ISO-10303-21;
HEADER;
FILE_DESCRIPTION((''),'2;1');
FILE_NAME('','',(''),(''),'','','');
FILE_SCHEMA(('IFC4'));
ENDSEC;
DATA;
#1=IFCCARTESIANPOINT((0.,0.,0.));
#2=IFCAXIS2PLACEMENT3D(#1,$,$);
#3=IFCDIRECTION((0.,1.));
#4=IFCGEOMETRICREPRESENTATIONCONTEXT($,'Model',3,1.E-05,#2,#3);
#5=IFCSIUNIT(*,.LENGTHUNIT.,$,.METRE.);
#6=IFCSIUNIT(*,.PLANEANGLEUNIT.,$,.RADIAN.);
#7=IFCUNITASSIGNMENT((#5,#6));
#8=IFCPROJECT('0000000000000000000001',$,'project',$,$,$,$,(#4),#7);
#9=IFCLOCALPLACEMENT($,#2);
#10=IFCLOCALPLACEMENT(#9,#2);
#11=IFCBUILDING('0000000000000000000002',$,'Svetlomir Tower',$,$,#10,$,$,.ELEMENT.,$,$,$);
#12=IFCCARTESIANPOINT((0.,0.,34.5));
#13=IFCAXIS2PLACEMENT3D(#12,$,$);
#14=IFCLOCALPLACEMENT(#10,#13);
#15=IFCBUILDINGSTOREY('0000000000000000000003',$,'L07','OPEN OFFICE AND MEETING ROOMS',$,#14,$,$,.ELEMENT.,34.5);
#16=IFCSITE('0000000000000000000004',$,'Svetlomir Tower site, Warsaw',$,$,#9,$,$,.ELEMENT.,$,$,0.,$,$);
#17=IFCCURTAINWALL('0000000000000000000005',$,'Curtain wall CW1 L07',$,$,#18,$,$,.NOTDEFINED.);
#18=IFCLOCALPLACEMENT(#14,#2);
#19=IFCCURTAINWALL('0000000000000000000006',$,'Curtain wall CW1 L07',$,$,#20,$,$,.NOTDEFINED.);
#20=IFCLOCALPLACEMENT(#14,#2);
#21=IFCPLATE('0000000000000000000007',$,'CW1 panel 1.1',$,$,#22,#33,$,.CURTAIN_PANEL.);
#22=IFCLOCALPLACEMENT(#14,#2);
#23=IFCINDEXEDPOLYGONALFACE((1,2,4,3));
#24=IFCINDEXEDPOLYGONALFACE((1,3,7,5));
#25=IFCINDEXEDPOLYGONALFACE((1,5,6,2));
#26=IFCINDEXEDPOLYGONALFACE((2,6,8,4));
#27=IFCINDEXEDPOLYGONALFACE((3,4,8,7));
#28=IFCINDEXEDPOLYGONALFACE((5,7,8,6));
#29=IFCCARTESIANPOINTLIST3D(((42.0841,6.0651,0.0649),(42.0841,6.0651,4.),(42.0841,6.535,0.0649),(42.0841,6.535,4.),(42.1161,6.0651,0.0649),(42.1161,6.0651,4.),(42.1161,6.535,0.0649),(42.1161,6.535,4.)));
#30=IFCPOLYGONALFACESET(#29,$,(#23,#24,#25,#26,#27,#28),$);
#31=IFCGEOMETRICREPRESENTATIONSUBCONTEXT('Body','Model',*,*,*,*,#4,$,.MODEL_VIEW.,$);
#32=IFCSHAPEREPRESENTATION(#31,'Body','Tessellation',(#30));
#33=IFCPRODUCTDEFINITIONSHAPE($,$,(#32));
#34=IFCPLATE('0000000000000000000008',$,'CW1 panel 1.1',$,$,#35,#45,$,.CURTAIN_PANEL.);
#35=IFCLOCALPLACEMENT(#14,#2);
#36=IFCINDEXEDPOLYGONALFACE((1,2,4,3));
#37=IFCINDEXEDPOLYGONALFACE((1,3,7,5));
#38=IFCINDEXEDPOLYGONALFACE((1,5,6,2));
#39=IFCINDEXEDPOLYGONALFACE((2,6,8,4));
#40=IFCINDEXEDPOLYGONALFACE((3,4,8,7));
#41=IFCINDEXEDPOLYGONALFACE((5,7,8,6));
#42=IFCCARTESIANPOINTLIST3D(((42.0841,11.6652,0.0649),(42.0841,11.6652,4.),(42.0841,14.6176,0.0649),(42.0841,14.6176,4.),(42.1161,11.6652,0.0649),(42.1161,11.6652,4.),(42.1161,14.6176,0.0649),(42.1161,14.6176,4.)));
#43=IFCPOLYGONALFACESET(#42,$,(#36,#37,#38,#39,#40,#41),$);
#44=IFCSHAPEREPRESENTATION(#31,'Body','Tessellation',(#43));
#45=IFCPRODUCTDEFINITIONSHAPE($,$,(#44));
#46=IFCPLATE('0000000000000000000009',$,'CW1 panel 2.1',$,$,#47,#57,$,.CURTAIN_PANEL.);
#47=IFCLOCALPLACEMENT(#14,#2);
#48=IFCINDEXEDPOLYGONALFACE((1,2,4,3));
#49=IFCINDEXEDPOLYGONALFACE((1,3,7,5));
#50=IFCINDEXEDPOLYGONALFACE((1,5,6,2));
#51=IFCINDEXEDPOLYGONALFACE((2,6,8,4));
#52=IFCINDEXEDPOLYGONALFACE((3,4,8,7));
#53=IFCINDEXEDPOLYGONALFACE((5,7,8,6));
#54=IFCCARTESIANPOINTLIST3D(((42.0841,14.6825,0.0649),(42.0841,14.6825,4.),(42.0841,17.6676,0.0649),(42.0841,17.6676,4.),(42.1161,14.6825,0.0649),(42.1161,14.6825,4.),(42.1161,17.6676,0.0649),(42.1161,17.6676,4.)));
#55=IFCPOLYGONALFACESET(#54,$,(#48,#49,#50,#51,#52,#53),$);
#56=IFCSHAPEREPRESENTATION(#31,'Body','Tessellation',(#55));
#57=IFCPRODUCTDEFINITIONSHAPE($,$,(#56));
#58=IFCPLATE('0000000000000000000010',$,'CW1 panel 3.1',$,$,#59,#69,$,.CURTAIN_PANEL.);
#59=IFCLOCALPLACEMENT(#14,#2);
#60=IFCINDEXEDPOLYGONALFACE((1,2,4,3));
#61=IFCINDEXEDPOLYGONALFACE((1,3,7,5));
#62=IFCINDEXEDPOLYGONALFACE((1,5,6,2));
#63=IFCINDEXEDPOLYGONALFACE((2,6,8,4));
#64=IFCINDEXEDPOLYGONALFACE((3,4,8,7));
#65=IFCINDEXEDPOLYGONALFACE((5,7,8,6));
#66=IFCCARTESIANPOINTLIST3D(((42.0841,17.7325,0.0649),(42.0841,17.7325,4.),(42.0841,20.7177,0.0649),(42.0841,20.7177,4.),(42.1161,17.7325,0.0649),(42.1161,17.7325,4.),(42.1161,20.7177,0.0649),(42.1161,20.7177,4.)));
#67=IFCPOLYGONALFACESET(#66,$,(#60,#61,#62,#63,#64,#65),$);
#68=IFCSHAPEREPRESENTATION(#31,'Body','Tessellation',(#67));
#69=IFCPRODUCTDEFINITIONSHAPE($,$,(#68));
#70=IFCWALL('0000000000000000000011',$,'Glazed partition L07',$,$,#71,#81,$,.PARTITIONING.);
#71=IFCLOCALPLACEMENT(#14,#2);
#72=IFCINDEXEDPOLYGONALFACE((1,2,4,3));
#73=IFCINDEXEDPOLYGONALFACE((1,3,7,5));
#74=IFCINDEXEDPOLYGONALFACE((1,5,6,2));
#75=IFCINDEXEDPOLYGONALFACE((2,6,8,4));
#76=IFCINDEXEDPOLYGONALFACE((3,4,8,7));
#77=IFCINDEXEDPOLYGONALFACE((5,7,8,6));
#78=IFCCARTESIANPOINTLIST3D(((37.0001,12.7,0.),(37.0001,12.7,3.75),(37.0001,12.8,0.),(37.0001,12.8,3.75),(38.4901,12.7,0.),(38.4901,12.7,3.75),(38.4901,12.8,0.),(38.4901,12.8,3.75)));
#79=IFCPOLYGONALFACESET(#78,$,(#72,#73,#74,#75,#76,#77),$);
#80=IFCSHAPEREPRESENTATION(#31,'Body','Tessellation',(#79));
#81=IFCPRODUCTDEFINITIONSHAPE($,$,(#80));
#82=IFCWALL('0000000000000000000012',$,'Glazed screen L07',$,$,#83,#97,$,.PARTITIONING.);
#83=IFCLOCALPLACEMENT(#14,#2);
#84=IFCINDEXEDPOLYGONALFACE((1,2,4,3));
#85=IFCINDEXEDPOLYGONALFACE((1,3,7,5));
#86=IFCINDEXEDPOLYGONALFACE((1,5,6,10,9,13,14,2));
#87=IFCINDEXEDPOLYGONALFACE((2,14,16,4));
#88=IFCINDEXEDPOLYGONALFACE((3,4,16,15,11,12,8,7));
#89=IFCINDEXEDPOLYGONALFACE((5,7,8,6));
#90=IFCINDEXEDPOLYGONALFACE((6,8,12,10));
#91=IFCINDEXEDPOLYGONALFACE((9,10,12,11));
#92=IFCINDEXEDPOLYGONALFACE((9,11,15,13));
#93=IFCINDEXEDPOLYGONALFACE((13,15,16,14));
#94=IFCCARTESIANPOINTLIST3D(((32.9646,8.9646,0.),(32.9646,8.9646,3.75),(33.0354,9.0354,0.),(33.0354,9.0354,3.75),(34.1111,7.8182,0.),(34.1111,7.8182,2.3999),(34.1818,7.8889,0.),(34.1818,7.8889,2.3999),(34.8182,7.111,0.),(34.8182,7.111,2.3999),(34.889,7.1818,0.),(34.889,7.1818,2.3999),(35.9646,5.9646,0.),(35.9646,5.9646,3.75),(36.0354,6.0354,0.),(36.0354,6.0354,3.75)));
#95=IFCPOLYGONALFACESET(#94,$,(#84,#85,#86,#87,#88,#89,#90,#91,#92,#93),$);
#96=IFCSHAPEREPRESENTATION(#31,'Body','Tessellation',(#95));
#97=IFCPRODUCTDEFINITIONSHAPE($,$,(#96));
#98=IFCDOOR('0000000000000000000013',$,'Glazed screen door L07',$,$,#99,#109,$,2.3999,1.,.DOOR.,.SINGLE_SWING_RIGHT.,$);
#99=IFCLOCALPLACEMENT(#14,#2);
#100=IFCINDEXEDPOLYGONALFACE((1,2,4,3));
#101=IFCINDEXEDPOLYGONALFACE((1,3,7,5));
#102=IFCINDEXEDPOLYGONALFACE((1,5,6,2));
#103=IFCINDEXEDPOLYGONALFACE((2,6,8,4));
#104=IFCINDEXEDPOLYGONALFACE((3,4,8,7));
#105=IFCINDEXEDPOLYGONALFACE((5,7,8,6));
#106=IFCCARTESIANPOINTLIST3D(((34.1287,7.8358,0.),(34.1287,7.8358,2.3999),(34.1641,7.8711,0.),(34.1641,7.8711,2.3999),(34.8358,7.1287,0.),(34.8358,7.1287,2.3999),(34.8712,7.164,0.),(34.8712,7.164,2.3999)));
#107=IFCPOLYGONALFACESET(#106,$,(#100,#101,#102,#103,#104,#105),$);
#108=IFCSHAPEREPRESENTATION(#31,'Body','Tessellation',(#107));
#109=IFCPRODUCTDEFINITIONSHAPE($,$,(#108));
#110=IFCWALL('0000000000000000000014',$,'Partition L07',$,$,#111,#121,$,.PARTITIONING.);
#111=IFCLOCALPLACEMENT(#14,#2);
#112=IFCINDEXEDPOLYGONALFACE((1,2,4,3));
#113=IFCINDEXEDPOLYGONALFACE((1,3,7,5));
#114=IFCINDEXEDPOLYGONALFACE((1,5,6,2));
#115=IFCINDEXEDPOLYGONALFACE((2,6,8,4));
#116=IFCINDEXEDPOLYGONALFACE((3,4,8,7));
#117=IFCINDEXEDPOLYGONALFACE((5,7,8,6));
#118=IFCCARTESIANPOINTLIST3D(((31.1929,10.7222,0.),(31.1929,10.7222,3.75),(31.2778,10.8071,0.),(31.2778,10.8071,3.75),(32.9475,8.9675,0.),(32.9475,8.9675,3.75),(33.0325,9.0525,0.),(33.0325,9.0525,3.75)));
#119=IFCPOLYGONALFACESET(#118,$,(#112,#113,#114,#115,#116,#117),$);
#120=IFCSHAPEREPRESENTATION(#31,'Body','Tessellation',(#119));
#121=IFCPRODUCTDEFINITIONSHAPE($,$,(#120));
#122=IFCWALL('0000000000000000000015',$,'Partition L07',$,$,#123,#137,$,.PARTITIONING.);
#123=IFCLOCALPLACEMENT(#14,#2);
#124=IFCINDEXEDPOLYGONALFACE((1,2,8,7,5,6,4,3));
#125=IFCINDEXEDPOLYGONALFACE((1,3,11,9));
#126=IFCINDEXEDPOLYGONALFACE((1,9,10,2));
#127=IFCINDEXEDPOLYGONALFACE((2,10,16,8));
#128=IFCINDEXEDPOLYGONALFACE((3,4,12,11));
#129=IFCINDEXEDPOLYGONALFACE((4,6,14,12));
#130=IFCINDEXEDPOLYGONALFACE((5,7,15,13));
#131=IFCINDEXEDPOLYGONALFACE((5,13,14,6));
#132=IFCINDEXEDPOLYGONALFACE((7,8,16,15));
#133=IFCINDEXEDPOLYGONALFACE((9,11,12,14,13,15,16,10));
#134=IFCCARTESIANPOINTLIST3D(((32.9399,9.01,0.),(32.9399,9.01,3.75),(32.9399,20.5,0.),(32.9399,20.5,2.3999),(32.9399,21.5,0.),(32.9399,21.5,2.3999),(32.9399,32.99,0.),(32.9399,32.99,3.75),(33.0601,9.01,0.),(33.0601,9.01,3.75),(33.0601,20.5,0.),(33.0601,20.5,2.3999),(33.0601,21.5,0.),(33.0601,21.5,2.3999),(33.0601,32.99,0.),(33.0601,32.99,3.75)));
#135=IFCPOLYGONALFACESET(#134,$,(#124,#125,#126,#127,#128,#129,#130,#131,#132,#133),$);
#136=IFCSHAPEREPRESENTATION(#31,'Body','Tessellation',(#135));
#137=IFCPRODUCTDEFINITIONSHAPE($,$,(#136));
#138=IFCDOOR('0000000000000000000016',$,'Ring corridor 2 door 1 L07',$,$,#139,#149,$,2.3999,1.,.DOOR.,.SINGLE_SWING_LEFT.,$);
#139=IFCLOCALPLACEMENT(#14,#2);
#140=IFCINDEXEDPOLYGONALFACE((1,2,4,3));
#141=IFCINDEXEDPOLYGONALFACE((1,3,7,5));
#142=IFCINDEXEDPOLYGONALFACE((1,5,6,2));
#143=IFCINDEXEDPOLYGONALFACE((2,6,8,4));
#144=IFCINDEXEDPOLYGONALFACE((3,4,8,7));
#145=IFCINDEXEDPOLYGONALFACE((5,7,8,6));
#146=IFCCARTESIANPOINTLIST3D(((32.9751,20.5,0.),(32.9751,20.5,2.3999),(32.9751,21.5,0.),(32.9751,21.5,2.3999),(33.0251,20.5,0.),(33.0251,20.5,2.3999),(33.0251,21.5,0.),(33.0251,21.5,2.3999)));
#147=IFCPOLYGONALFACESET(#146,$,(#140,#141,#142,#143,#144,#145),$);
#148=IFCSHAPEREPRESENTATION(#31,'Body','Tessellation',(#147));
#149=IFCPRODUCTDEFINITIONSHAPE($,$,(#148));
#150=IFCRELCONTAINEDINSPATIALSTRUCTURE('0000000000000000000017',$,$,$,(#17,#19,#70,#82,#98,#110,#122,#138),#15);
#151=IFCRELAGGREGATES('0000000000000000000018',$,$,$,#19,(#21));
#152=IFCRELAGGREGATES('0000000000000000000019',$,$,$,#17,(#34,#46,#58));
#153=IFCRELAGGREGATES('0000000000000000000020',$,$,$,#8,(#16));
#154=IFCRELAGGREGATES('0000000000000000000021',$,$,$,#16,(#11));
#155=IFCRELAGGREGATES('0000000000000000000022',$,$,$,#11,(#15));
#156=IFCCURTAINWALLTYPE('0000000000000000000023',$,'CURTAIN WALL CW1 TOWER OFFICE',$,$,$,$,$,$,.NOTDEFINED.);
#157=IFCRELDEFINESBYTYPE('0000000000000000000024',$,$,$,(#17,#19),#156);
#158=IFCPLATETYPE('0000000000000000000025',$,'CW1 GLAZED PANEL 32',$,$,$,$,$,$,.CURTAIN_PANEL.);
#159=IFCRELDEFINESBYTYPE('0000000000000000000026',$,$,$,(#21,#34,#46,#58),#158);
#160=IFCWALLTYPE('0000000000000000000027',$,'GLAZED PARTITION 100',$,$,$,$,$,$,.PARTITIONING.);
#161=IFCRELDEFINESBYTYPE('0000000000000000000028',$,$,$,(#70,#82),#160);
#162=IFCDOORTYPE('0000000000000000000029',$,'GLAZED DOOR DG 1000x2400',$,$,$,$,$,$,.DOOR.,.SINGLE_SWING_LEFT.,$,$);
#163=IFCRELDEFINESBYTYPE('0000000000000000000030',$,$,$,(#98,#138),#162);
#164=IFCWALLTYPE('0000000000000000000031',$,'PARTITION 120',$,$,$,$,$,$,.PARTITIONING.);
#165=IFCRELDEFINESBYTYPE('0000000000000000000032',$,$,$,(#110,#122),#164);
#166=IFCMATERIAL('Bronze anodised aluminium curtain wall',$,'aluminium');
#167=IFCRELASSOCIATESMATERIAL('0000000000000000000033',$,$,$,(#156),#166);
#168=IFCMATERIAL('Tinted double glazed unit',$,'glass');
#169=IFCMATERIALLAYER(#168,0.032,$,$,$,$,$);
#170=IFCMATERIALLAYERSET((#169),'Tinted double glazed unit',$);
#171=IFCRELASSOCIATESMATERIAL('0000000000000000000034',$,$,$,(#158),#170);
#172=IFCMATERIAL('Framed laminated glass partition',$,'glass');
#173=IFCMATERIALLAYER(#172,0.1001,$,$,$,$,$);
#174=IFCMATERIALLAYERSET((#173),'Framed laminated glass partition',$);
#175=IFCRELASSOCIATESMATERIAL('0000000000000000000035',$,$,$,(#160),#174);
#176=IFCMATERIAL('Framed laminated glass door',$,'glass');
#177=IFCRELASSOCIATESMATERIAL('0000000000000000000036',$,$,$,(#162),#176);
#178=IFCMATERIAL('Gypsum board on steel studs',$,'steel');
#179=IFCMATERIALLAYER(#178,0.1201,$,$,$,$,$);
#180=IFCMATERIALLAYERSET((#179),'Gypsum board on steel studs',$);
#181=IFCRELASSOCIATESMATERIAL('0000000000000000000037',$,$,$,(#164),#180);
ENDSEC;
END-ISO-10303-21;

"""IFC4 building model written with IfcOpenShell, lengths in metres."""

from ifc_helpers import new_model, si_unit, direction, frame, frame_2d, origin, origin_2d, place, context, subcontext, project, spatial, rectangle, extrude, material, layer, layer_set, type_object, element, fill, aggregate, save


model = new_model("IFC4")

# Units and contexts
model_context = context("Model", 3, precision=1e-05, world=origin(), true_north=direction((0.0, 1.0)))
body_context = subcontext(model_context, "Body", "Model", "MODEL_VIEW")
ifc_project = project(units=[si_unit("LENGTHUNIT", "METRE"), si_unit("PLANEANGLEUNIT", "RADIAN")], contexts=[model_context])

# Site, building, storey
site_placement = place(None, origin())
site = spatial("IfcSite", under=ifc_project, at=site_placement, Name="Svetlomir Tower site, Warsaw", CompositionType="ELEMENT", RefElevation=0.0)
building_placement = place(site_placement, origin())
building = spatial("IfcBuilding", under=site, at=building_placement, Name="Svetlomir Tower", CompositionType="ELEMENT")
storey_placement = place(building_placement, frame((0.0, 0.0, 34.5)))
storey = spatial("IfcBuildingStorey", under=building, at=storey_placement, Name="L07", Description="OPEN OFFICE AND MEETING ROOMS", CompositionType="ELEMENT", Elevation=34.5)

# Curtain walls
ifc_material_1 = material(Name="Bronze anodised aluminium curtain wall", Category="aluminium")
curtain_wall_type = type_object("IfcCurtainWallType", Name="CURTAIN WALL CW1 TOWER OFFICE", PredefinedType="NOTDEFINED", material=ifc_material_1)
curtain_wall_1_placement = place(storey_placement, origin())
curtain_wall_1 = element("IfcCurtainWall", 1, at=curtain_wall_1_placement, inside=storey, type_object=curtain_wall_type, Name="Curtain wall CW1 L07", PredefinedType="NOTDEFINED")
curtain_wall_2_placement = place(storey_placement, origin())
curtain_wall_2 = element("IfcCurtainWall", 2, at=curtain_wall_2_placement, inside=storey, type_object=curtain_wall_type, Name="Curtain wall CW1 L07", PredefinedType="NOTDEFINED")

# Plates
ifc_material_2 = material(Name="Tinted double glazed unit", Category="glass")
ifc_layer_1 = layer(ifc_material_2, 0.032)
ifc_layer_set_1 = layer_set([ifc_layer_1], Name="Tinted double glazed unit")
plate_type = type_object("IfcPlateType", Name="CW1 GLAZED PANEL 32", PredefinedType="CURTAIN_PANEL", material=ifc_layer_set_1)
plate_1_placement = place(storey_placement, frame((42.1001, 6.3, 0.0649), z_axis=(0.0, 0.0, 1.0), x_axis=(0.0, 1.0, 0.0)))
plate_1 = element("IfcPlate", 3, at=plate_1_placement, type_object=plate_type, Name="CW1 panel 1.1", PredefinedType="CURTAIN_PANEL", context=body_context, shape_type="SweptSolid", body=[
    extrude(rectangle(XDim=0.47, YDim=0.032, at=origin_2d()), origin(), (0.0, 0.0, 1.0), 3.9351),
])
aggregate(curtain_wall_2, [plate_1])
plate_2_placement = place(storey_placement, frame((42.1001, 13.1414, 0.0649), z_axis=(0.0, 0.0, 1.0), x_axis=(0.0, 1.0, 0.0)))
plate_2 = element("IfcPlate", 4, at=plate_2_placement, type_object=plate_type, Name="CW1 panel 1.1", PredefinedType="CURTAIN_PANEL", context=body_context, shape_type="SweptSolid", body=[
    extrude(rectangle(XDim=2.9524, YDim=0.032, at=origin_2d()), origin(), (0.0, 0.0, 1.0), 3.9351),
])
plate_3_placement = place(storey_placement, frame((42.1001, 16.175, 0.0649), z_axis=(0.0, 0.0, 1.0), x_axis=(0.0, 1.0, 0.0)))
plate_3 = element("IfcPlate", 5, at=plate_3_placement, type_object=plate_type, Name="CW1 panel 2.1", PredefinedType="CURTAIN_PANEL", context=body_context, shape_type="SweptSolid", body=[
    extrude(rectangle(XDim=2.9851, YDim=0.032, at=origin_2d()), origin(), (0.0, 0.0, 1.0), 3.9351),
])
plate_4_placement = place(storey_placement, frame((42.1001, 19.2251, 0.0649), z_axis=(0.0, 0.0, 1.0), x_axis=(0.0, 1.0, 0.0)))
plate_4 = element("IfcPlate", 6, at=plate_4_placement, type_object=plate_type, Name="CW1 panel 3.1", PredefinedType="CURTAIN_PANEL", context=body_context, shape_type="SweptSolid", body=[
    extrude(rectangle(XDim=2.9851, YDim=0.032, at=origin_2d()), origin(), (0.0, 0.0, 1.0), 3.9351),
])
aggregate(curtain_wall_1, [plate_2, plate_3, plate_4])

# Wall
ifc_material_3 = material(Name="Framed laminated glass partition", Category="glass")
ifc_layer_2 = layer(ifc_material_3, 0.1001)
ifc_layer_set_2 = layer_set([ifc_layer_2], Name="Framed laminated glass partition")
wall_type_1 = type_object("IfcWallType", Name="GLAZED PARTITION 100", PredefinedType="PARTITIONING", material=ifc_layer_set_2)
wall_1_placement = place(storey_placement, frame((37.0, 12.75, 0.0), z_axis=(0.0, 0.0, 1.0), x_axis=(1.0, 0.0, 0.0)))
element("IfcWall", 7, at=wall_1_placement, inside=storey, type_object=wall_type_1, Name="Glazed partition L07", PredefinedType="PARTITIONING", context=body_context, shape_type="SweptSolid", body=[
    extrude(rectangle(XDim=1.49, YDim=0.1001, at=frame_2d((0.7451, 0.0))), origin(), (0.0, 0.0, 1.0), 3.75),
])

# Wall, opening, door
wall_2_placement = place(storey_placement, frame((33.0, 9.0, 0.0), z_axis=(0.0, 0.0, 1.0), x_axis=(0.707107, -0.707107, 0.0)))
wall_2 = element("IfcWall", 8, at=wall_2_placement, inside=storey, type_object=wall_type_1, Name="Glazed screen L07", PredefinedType="PARTITIONING", context=body_context, shape_type="SweptSolid", body=[
    extrude(rectangle(XDim=4.2427, YDim=0.1001, at=frame_2d((2.1213, 0.0))), origin(), (0.0, 0.0, 1.0), 3.75),
])
opening_1_placement = place(wall_2_placement, frame((1.6213, 0.0, 0.0)))
opening_1 = element("IfcOpeningElement", 9, at=opening_1_placement, cuts=wall_2, PredefinedType="OPENING", context=body_context, shape_type="SweptSolid", body=[
    extrude(rectangle(XDim=1.0, YDim=2.3999, at=frame_2d((0.5, 1.2))), frame((0.0, 0.0601, 0.0), z_axis=(0.0, -1.0, 0.0), x_axis=(1.0, 0.0, 0.0)), (0.0, 0.0, 1.0), 0.1201),
])
ifc_material_4 = material(Name="Framed laminated glass door", Category="glass")
door_type_1 = type_object("IfcDoorType", Name="GLAZED DOOR DG 1000x2400", OperationType="SINGLE_SWING_LEFT", PredefinedType="DOOR", material=ifc_material_4)
door_1_placement = place(opening_1_placement, origin())
door_1 = element("IfcDoor", 10, at=door_1_placement, inside=storey, type_object=door_type_1, Name="Glazed screen door L07", OperationType="SINGLE_SWING_RIGHT", OverallHeight=2.3999, OverallWidth=1.0, PredefinedType="DOOR", context=body_context, shape_type="SweptSolid", body=[
    extrude(rectangle(XDim=1.0, YDim=2.3999, at=frame_2d((0.5, 1.2))), frame((0.0, 0.0249, 0.0), z_axis=(0.0, -1.0, 0.0), x_axis=(1.0, 0.0, 0.0)), (0.0, 0.0, 1.0), 0.05),
])
fill(opening_1, door_1)

# Wall
ifc_material_5 = material(Name="Gypsum board on steel studs", Category="steel")
ifc_layer_3 = layer(ifc_material_5, 0.1201)
ifc_layer_set_3 = layer_set([ifc_layer_3], Name="Gypsum board on steel studs")
wall_type_2 = type_object("IfcWallType", Name="PARTITION 120", PredefinedType="PARTITIONING", material=ifc_layer_set_3)
wall_3_placement = place(storey_placement, frame((31.2354, 10.7646, 0.0), z_axis=(0.0, 0.0, 1.0), x_axis=(0.707107, -0.707107, 0.0)))
element("IfcWall", 11, at=wall_3_placement, inside=storey, type_object=wall_type_2, Name="Partition L07", PredefinedType="PARTITIONING", context=body_context, shape_type="SweptSolid", body=[
    extrude(rectangle(XDim=2.4814, YDim=0.1201, at=frame_2d((1.2407, 0.0))), origin(), (0.0, 0.0, 1.0), 3.75),
])

# Wall, opening, door
wall_4_placement = place(storey_placement, frame((33.0, 9.01, 0.0), z_axis=(0.0, 0.0, 1.0), x_axis=(0.0, 1.0, 0.0)))
wall_4 = element("IfcWall", 12, at=wall_4_placement, inside=storey, type_object=wall_type_2, Name="Partition L07", PredefinedType="PARTITIONING", context=body_context, shape_type="SweptSolid", body=[
    extrude(rectangle(XDim=23.98, YDim=0.1201, at=frame_2d((11.99, 0.0))), origin(), (0.0, 0.0, 1.0), 3.75),
])
opening_2_placement = place(wall_4_placement, frame((11.49, 0.0, 0.0)))
opening_2 = element("IfcOpeningElement", 13, at=opening_2_placement, cuts=wall_4, PredefinedType="OPENING", context=body_context, shape_type="SweptSolid", body=[
    extrude(rectangle(XDim=1.0, YDim=2.3999, at=frame_2d((0.5, 1.2))), frame((0.0, 0.0701, 0.0), z_axis=(0.0, -1.0, 0.0), x_axis=(1.0, 0.0, 0.0)), (0.0, 0.0, 1.0), 0.1401),
])
door_2_placement = place(opening_2_placement, origin())
door_2 = element("IfcDoor", 14, at=door_2_placement, inside=storey, type_object=door_type_1, Name="Ring corridor 2 door 1 L07", OperationType="SINGLE_SWING_LEFT", OverallHeight=2.3999, OverallWidth=1.0, PredefinedType="DOOR", context=body_context, shape_type="SweptSolid", body=[
    extrude(rectangle(XDim=1.0, YDim=2.3999, at=frame_2d((0.5, 1.2))), frame((0.0, 0.0249, 0.0), z_axis=(0.0, -1.0, 0.0), x_axis=(1.0, 0.0, 0.0)), (0.0, 0.0, 1.0), 0.05),
])
fill(opening_2, door_2)

save(model, "model.ifc")
